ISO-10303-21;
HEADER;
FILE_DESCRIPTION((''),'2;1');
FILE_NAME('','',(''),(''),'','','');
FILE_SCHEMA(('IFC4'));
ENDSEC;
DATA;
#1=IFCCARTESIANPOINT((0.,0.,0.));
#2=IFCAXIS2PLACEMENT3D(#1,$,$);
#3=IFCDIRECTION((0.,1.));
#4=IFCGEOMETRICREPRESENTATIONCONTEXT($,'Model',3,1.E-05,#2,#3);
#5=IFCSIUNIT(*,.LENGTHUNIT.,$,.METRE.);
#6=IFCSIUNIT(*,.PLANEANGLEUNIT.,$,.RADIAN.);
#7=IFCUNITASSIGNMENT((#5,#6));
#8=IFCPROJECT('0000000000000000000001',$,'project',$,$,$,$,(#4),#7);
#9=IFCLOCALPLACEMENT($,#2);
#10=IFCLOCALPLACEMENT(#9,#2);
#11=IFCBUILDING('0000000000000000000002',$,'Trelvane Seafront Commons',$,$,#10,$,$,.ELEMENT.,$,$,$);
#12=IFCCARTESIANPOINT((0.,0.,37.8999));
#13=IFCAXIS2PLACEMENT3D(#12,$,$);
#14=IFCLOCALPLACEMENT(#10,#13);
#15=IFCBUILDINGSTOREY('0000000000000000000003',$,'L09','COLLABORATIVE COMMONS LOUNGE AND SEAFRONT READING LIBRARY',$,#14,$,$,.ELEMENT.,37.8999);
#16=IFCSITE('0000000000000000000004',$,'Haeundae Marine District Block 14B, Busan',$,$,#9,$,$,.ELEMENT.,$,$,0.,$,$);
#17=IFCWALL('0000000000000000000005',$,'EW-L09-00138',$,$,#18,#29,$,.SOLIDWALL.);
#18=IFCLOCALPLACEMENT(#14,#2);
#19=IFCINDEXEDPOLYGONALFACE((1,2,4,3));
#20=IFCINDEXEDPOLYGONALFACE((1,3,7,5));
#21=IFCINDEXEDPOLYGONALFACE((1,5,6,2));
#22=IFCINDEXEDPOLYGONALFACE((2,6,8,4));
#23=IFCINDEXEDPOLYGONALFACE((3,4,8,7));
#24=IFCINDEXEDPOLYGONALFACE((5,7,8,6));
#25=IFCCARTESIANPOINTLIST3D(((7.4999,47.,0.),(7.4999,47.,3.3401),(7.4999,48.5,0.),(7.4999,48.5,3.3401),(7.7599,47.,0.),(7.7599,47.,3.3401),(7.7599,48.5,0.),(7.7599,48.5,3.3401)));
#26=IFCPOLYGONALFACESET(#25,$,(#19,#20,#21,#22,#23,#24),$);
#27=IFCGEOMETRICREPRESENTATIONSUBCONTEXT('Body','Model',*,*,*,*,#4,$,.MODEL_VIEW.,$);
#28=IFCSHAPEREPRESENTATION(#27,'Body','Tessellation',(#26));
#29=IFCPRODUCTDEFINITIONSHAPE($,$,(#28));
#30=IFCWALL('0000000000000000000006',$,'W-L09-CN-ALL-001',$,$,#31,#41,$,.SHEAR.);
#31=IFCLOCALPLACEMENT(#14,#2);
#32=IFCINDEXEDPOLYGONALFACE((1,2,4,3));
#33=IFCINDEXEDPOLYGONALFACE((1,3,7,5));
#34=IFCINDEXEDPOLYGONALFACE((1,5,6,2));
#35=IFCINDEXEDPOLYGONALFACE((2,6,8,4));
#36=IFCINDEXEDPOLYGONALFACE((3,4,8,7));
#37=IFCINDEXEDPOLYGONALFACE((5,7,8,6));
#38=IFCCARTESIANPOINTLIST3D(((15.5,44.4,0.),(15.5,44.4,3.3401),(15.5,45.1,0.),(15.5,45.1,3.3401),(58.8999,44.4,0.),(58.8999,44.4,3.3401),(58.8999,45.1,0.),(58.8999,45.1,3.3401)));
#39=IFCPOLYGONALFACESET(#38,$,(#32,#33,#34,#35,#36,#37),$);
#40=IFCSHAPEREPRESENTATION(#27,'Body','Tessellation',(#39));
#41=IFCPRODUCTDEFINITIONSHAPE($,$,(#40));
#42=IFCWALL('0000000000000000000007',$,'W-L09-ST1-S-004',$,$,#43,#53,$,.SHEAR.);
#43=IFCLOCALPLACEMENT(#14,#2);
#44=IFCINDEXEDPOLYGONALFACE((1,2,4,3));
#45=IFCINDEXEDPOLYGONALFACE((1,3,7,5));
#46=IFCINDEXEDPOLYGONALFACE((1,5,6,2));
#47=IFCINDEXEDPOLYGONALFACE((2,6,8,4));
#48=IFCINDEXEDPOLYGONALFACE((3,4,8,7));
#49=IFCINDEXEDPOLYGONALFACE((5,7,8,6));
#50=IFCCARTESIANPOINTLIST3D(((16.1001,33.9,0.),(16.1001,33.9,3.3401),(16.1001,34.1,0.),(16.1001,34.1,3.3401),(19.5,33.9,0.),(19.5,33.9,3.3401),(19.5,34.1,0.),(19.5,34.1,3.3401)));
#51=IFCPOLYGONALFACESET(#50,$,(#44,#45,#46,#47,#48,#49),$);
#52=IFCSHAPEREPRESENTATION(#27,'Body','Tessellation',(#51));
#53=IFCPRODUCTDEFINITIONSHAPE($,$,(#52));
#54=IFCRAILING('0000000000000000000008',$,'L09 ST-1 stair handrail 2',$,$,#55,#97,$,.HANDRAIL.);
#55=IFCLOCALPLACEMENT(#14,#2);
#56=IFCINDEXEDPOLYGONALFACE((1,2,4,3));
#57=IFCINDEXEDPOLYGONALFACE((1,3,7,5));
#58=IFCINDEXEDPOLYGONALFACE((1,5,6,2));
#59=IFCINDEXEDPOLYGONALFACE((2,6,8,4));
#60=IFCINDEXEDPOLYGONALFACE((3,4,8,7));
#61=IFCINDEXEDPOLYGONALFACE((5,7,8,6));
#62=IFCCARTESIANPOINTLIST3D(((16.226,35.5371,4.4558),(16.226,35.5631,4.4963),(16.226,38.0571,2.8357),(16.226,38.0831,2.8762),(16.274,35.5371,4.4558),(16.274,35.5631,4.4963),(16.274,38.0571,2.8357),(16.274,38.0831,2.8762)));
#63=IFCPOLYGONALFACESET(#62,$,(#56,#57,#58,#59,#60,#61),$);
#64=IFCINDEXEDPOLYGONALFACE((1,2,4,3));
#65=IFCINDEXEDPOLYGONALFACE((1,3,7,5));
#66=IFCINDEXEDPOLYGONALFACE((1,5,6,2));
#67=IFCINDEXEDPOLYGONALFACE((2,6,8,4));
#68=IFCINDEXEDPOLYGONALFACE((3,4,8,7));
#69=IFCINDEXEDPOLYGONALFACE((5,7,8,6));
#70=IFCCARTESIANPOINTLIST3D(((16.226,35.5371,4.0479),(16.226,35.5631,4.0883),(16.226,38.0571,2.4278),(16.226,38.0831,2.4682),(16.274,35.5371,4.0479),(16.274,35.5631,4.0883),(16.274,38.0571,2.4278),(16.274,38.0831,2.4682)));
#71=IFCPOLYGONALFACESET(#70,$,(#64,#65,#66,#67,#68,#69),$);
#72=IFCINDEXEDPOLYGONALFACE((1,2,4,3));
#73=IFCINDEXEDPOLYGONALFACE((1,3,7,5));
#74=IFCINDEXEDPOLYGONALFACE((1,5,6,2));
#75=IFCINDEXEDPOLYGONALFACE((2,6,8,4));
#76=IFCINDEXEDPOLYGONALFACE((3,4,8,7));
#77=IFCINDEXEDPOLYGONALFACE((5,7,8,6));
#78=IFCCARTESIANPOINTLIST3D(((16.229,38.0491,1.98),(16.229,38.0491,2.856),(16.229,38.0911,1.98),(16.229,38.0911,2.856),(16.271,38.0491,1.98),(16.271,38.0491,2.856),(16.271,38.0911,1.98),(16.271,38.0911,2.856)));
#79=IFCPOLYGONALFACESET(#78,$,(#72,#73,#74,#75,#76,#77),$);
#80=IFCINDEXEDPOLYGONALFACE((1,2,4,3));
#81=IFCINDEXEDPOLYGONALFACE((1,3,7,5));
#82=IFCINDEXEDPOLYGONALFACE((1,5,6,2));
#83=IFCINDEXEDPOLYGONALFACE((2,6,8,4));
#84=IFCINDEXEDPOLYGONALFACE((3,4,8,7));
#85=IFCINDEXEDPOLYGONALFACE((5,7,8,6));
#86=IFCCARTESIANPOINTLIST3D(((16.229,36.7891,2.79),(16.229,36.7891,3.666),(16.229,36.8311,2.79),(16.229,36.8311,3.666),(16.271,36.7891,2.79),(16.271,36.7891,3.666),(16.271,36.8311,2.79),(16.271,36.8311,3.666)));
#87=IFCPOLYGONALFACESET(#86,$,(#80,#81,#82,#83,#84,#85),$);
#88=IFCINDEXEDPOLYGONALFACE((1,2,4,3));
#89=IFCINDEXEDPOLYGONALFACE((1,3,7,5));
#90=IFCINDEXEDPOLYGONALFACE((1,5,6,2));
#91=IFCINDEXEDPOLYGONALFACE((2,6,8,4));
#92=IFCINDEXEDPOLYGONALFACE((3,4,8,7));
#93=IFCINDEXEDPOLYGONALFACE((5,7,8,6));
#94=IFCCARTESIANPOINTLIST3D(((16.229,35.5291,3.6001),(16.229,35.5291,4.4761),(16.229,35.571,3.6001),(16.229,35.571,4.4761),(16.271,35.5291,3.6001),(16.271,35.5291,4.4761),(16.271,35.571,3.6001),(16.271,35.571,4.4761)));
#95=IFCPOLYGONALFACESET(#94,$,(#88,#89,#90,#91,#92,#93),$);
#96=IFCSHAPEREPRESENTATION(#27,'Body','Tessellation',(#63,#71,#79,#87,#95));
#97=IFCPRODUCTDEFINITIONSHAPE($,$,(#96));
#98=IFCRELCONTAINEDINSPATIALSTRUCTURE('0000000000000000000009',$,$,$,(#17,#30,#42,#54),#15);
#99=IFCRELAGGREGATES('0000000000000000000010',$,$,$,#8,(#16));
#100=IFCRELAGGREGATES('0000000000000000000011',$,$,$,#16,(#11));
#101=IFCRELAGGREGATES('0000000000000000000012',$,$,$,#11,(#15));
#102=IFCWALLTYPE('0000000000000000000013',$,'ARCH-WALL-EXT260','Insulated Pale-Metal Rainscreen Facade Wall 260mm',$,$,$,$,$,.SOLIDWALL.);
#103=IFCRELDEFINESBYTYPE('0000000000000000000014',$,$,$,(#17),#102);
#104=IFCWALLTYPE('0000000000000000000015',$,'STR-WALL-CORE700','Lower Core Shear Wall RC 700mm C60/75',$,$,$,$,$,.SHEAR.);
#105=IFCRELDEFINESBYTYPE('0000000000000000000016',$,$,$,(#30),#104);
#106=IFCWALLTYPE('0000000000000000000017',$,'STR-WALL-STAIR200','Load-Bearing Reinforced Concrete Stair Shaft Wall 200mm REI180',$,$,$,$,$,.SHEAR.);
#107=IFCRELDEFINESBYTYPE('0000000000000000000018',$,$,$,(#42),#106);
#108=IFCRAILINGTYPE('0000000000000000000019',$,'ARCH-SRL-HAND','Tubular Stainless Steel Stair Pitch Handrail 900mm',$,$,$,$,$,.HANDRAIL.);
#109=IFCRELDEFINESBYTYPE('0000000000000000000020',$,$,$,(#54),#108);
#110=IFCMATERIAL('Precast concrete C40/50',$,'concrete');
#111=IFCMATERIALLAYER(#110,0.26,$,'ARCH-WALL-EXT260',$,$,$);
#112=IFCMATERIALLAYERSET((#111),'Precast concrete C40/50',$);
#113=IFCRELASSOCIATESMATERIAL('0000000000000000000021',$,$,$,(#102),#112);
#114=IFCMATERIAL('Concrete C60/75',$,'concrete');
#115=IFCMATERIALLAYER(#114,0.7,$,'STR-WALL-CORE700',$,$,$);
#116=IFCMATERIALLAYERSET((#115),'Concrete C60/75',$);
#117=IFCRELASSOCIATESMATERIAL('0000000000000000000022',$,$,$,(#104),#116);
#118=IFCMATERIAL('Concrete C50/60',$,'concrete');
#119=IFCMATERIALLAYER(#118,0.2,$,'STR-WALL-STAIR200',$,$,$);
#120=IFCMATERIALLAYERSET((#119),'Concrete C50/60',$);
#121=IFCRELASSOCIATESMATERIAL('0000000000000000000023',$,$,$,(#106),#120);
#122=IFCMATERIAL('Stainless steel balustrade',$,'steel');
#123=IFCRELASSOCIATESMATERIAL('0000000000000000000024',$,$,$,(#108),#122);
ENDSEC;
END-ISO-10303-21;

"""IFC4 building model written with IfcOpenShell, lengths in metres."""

from ifc_helpers import new_model, si_unit, direction, frame, frame_2d, origin, origin_2d, place, context, subcontext, project, spatial, rectangle, extrude, material, layer, layer_set, type_object, element, save


model = new_model("IFC4")

# Units and contexts
model_context = context("Model", 3, precision=1e-05, world=origin(), true_north=direction((0.0, 1.0)))
body_context = subcontext(model_context, "Body", "Model", "MODEL_VIEW")
ifc_project = project(units=[si_unit("LENGTHUNIT", "METRE"), si_unit("PLANEANGLEUNIT", "RADIAN")], contexts=[model_context])

# Site, building, storey
site_placement = place(None, origin())
site = spatial("IfcSite", under=ifc_project, at=site_placement, Name="Haeundae Marine District Block 14B, Busan", CompositionType="ELEMENT", RefElevation=0.0)
building_placement = place(site_placement, origin())
building = spatial("IfcBuilding", under=site, at=building_placement, Name="Trelvane Seafront Commons", CompositionType="ELEMENT")
storey_placement = place(building_placement, frame((0.0, 0.0, 37.8999)))
storey = spatial("IfcBuildingStorey", under=building, at=storey_placement, Name="L09", Description="COLLABORATIVE COMMONS LOUNGE AND SEAFRONT READING LIBRARY", CompositionType="ELEMENT", Elevation=37.8999)

# Shared definitions
ifc_material_1 = material(Name="Concrete C60/75", Category="concrete")

# Shared definitions
ifc_material_2 = material(Name="Precast concrete C40/50", Category="concrete")
ifc_layer_1 = layer(ifc_material_2, 0.26, Name="ARCH-WALL-EXT260")
ifc_layer_set_1 = layer_set([ifc_layer_1], Name="Precast concrete C40/50")
wall_type_1 = type_object("IfcWallType", Name="ARCH-WALL-EXT260", Description="Insulated Pale-Metal Rainscreen Facade Wall 260mm", PredefinedType="SOLIDWALL", material=ifc_layer_set_1)

# Wall
for number, where, z_axis, x_axis, name in (
    (1, (7.6299, 47.0, 0.0), (0.0, 0.0, 1.0), (0.0, 1.0, 0.0), "EW-L09-00138"),
):
    element("IfcWall", number, at=place(storey_placement, frame(where, z_axis=z_axis, x_axis=x_axis)), inside=storey, type_object=wall_type_1, Name=name, PredefinedType="SOLIDWALL", context=body_context, shape_type="SweptSolid", body=[
        extrude(rectangle(XDim=1.5, YDim=0.26, at=frame_2d((0.75, 0.0))), origin(), (0.0, 0.0, 1.0), 3.3401),
    ])

# Walls
ifc_layer_2 = layer(ifc_material_1, 0.7, Name="STR-WALL-CORE700")
ifc_layer_set_2 = layer_set([ifc_layer_2], Name="Concrete C60/75")
wall_type_2 = type_object("IfcWallType", Name="STR-WALL-CORE700", Description="Lower Core Shear Wall RC 700mm C60/75", PredefinedType="SHEAR", material=ifc_layer_set_2)
wall_1_placement = place(storey_placement, frame((15.5, 44.75, 0.0), z_axis=(0.0, 0.0, 1.0), x_axis=(1.0, 0.0, 0.0)))
element("IfcWall", 2, at=wall_1_placement, inside=storey, type_object=wall_type_2, Name="W-L09-CN-ALL-001", PredefinedType="SHEAR", context=body_context, shape_type="SweptSolid", body=[
    extrude(rectangle(XDim=43.3999, YDim=0.7, at=frame_2d((21.7, 0.0))), origin(), (0.0, 0.0, 1.0), 3.3401),
])
ifc_material_3 = material(Name="Concrete C50/60", Category="concrete")
ifc_layer_3 = layer(ifc_material_3, 0.2, Name="STR-WALL-STAIR200")
ifc_layer_set_3 = layer_set([ifc_layer_3], Name="Concrete C50/60")
wall_type_3 = type_object("IfcWallType", Name="STR-WALL-STAIR200", Description="Load-Bearing Reinforced Concrete Stair Shaft Wall 200mm REI180", PredefinedType="SHEAR", material=ifc_layer_set_3)
wall_2_placement = place(storey_placement, frame((16.1001, 34.0, 0.0), z_axis=(0.0, 0.0, 1.0), x_axis=(1.0, 0.0, 0.0)))
element("IfcWall", 3, at=wall_2_placement, inside=storey, type_object=wall_type_3, Name="W-L09-ST1-S-004", PredefinedType="SHEAR", context=body_context, shape_type="SweptSolid", body=[
    extrude(rectangle(XDim=3.3999, YDim=0.2, at=frame_2d((1.7, 0.0))), origin(), (0.0, 0.0, 1.0), 3.3401),
])

# Railing
ifc_material_4 = material(Name="Stainless steel balustrade", Category="steel")
railing_type = type_object("IfcRailingType", Name="ARCH-SRL-HAND", Description="Tubular Stainless Steel Stair Pitch Handrail 900mm", PredefinedType="HANDRAIL", material=ifc_material_4)
railing_placement = place(storey_placement, frame((16.25, 38.0701, 1.98)))
element("IfcRailing", 4, at=railing_placement, inside=storey, type_object=railing_type, Name="L09 ST-1 stair handrail 2", PredefinedType="HANDRAIL", context=body_context, shape_type="SweptSolid", body=[
    extrude(rectangle(XDim=0.0481, YDim=0.0481, at=origin_2d()), frame((0.0, 0.0, 0.876), z_axis=(0.0, -0.841163, 0.540782), x_axis=(1.0, 0.0, 0.0)), (0.0, 0.0, 1.0), 2.9958),
    extrude(rectangle(XDim=0.0481, YDim=0.0481, at=origin_2d()), frame((0.0, 0.0, 0.468), z_axis=(0.0, -0.841163, 0.540782), x_axis=(1.0, 0.0, 0.0)), (0.0, 0.0, 1.0), 2.9958),
    extrude(rectangle(XDim=0.042, YDim=0.042, at=origin_2d()), origin(), (0.0, 0.0, 1.0), 0.876),
    extrude(rectangle(XDim=0.042, YDim=0.042, at=origin_2d()), frame((0.0, -1.26, 0.8101)), (0.0, 0.0, 1.0), 0.876),
    extrude(rectangle(XDim=0.042, YDim=0.042, at=origin_2d()), frame((0.0, -2.52, 1.6201)), (0.0, 0.0, 1.0), 0.876),
])

save(model, "model.ifc")
